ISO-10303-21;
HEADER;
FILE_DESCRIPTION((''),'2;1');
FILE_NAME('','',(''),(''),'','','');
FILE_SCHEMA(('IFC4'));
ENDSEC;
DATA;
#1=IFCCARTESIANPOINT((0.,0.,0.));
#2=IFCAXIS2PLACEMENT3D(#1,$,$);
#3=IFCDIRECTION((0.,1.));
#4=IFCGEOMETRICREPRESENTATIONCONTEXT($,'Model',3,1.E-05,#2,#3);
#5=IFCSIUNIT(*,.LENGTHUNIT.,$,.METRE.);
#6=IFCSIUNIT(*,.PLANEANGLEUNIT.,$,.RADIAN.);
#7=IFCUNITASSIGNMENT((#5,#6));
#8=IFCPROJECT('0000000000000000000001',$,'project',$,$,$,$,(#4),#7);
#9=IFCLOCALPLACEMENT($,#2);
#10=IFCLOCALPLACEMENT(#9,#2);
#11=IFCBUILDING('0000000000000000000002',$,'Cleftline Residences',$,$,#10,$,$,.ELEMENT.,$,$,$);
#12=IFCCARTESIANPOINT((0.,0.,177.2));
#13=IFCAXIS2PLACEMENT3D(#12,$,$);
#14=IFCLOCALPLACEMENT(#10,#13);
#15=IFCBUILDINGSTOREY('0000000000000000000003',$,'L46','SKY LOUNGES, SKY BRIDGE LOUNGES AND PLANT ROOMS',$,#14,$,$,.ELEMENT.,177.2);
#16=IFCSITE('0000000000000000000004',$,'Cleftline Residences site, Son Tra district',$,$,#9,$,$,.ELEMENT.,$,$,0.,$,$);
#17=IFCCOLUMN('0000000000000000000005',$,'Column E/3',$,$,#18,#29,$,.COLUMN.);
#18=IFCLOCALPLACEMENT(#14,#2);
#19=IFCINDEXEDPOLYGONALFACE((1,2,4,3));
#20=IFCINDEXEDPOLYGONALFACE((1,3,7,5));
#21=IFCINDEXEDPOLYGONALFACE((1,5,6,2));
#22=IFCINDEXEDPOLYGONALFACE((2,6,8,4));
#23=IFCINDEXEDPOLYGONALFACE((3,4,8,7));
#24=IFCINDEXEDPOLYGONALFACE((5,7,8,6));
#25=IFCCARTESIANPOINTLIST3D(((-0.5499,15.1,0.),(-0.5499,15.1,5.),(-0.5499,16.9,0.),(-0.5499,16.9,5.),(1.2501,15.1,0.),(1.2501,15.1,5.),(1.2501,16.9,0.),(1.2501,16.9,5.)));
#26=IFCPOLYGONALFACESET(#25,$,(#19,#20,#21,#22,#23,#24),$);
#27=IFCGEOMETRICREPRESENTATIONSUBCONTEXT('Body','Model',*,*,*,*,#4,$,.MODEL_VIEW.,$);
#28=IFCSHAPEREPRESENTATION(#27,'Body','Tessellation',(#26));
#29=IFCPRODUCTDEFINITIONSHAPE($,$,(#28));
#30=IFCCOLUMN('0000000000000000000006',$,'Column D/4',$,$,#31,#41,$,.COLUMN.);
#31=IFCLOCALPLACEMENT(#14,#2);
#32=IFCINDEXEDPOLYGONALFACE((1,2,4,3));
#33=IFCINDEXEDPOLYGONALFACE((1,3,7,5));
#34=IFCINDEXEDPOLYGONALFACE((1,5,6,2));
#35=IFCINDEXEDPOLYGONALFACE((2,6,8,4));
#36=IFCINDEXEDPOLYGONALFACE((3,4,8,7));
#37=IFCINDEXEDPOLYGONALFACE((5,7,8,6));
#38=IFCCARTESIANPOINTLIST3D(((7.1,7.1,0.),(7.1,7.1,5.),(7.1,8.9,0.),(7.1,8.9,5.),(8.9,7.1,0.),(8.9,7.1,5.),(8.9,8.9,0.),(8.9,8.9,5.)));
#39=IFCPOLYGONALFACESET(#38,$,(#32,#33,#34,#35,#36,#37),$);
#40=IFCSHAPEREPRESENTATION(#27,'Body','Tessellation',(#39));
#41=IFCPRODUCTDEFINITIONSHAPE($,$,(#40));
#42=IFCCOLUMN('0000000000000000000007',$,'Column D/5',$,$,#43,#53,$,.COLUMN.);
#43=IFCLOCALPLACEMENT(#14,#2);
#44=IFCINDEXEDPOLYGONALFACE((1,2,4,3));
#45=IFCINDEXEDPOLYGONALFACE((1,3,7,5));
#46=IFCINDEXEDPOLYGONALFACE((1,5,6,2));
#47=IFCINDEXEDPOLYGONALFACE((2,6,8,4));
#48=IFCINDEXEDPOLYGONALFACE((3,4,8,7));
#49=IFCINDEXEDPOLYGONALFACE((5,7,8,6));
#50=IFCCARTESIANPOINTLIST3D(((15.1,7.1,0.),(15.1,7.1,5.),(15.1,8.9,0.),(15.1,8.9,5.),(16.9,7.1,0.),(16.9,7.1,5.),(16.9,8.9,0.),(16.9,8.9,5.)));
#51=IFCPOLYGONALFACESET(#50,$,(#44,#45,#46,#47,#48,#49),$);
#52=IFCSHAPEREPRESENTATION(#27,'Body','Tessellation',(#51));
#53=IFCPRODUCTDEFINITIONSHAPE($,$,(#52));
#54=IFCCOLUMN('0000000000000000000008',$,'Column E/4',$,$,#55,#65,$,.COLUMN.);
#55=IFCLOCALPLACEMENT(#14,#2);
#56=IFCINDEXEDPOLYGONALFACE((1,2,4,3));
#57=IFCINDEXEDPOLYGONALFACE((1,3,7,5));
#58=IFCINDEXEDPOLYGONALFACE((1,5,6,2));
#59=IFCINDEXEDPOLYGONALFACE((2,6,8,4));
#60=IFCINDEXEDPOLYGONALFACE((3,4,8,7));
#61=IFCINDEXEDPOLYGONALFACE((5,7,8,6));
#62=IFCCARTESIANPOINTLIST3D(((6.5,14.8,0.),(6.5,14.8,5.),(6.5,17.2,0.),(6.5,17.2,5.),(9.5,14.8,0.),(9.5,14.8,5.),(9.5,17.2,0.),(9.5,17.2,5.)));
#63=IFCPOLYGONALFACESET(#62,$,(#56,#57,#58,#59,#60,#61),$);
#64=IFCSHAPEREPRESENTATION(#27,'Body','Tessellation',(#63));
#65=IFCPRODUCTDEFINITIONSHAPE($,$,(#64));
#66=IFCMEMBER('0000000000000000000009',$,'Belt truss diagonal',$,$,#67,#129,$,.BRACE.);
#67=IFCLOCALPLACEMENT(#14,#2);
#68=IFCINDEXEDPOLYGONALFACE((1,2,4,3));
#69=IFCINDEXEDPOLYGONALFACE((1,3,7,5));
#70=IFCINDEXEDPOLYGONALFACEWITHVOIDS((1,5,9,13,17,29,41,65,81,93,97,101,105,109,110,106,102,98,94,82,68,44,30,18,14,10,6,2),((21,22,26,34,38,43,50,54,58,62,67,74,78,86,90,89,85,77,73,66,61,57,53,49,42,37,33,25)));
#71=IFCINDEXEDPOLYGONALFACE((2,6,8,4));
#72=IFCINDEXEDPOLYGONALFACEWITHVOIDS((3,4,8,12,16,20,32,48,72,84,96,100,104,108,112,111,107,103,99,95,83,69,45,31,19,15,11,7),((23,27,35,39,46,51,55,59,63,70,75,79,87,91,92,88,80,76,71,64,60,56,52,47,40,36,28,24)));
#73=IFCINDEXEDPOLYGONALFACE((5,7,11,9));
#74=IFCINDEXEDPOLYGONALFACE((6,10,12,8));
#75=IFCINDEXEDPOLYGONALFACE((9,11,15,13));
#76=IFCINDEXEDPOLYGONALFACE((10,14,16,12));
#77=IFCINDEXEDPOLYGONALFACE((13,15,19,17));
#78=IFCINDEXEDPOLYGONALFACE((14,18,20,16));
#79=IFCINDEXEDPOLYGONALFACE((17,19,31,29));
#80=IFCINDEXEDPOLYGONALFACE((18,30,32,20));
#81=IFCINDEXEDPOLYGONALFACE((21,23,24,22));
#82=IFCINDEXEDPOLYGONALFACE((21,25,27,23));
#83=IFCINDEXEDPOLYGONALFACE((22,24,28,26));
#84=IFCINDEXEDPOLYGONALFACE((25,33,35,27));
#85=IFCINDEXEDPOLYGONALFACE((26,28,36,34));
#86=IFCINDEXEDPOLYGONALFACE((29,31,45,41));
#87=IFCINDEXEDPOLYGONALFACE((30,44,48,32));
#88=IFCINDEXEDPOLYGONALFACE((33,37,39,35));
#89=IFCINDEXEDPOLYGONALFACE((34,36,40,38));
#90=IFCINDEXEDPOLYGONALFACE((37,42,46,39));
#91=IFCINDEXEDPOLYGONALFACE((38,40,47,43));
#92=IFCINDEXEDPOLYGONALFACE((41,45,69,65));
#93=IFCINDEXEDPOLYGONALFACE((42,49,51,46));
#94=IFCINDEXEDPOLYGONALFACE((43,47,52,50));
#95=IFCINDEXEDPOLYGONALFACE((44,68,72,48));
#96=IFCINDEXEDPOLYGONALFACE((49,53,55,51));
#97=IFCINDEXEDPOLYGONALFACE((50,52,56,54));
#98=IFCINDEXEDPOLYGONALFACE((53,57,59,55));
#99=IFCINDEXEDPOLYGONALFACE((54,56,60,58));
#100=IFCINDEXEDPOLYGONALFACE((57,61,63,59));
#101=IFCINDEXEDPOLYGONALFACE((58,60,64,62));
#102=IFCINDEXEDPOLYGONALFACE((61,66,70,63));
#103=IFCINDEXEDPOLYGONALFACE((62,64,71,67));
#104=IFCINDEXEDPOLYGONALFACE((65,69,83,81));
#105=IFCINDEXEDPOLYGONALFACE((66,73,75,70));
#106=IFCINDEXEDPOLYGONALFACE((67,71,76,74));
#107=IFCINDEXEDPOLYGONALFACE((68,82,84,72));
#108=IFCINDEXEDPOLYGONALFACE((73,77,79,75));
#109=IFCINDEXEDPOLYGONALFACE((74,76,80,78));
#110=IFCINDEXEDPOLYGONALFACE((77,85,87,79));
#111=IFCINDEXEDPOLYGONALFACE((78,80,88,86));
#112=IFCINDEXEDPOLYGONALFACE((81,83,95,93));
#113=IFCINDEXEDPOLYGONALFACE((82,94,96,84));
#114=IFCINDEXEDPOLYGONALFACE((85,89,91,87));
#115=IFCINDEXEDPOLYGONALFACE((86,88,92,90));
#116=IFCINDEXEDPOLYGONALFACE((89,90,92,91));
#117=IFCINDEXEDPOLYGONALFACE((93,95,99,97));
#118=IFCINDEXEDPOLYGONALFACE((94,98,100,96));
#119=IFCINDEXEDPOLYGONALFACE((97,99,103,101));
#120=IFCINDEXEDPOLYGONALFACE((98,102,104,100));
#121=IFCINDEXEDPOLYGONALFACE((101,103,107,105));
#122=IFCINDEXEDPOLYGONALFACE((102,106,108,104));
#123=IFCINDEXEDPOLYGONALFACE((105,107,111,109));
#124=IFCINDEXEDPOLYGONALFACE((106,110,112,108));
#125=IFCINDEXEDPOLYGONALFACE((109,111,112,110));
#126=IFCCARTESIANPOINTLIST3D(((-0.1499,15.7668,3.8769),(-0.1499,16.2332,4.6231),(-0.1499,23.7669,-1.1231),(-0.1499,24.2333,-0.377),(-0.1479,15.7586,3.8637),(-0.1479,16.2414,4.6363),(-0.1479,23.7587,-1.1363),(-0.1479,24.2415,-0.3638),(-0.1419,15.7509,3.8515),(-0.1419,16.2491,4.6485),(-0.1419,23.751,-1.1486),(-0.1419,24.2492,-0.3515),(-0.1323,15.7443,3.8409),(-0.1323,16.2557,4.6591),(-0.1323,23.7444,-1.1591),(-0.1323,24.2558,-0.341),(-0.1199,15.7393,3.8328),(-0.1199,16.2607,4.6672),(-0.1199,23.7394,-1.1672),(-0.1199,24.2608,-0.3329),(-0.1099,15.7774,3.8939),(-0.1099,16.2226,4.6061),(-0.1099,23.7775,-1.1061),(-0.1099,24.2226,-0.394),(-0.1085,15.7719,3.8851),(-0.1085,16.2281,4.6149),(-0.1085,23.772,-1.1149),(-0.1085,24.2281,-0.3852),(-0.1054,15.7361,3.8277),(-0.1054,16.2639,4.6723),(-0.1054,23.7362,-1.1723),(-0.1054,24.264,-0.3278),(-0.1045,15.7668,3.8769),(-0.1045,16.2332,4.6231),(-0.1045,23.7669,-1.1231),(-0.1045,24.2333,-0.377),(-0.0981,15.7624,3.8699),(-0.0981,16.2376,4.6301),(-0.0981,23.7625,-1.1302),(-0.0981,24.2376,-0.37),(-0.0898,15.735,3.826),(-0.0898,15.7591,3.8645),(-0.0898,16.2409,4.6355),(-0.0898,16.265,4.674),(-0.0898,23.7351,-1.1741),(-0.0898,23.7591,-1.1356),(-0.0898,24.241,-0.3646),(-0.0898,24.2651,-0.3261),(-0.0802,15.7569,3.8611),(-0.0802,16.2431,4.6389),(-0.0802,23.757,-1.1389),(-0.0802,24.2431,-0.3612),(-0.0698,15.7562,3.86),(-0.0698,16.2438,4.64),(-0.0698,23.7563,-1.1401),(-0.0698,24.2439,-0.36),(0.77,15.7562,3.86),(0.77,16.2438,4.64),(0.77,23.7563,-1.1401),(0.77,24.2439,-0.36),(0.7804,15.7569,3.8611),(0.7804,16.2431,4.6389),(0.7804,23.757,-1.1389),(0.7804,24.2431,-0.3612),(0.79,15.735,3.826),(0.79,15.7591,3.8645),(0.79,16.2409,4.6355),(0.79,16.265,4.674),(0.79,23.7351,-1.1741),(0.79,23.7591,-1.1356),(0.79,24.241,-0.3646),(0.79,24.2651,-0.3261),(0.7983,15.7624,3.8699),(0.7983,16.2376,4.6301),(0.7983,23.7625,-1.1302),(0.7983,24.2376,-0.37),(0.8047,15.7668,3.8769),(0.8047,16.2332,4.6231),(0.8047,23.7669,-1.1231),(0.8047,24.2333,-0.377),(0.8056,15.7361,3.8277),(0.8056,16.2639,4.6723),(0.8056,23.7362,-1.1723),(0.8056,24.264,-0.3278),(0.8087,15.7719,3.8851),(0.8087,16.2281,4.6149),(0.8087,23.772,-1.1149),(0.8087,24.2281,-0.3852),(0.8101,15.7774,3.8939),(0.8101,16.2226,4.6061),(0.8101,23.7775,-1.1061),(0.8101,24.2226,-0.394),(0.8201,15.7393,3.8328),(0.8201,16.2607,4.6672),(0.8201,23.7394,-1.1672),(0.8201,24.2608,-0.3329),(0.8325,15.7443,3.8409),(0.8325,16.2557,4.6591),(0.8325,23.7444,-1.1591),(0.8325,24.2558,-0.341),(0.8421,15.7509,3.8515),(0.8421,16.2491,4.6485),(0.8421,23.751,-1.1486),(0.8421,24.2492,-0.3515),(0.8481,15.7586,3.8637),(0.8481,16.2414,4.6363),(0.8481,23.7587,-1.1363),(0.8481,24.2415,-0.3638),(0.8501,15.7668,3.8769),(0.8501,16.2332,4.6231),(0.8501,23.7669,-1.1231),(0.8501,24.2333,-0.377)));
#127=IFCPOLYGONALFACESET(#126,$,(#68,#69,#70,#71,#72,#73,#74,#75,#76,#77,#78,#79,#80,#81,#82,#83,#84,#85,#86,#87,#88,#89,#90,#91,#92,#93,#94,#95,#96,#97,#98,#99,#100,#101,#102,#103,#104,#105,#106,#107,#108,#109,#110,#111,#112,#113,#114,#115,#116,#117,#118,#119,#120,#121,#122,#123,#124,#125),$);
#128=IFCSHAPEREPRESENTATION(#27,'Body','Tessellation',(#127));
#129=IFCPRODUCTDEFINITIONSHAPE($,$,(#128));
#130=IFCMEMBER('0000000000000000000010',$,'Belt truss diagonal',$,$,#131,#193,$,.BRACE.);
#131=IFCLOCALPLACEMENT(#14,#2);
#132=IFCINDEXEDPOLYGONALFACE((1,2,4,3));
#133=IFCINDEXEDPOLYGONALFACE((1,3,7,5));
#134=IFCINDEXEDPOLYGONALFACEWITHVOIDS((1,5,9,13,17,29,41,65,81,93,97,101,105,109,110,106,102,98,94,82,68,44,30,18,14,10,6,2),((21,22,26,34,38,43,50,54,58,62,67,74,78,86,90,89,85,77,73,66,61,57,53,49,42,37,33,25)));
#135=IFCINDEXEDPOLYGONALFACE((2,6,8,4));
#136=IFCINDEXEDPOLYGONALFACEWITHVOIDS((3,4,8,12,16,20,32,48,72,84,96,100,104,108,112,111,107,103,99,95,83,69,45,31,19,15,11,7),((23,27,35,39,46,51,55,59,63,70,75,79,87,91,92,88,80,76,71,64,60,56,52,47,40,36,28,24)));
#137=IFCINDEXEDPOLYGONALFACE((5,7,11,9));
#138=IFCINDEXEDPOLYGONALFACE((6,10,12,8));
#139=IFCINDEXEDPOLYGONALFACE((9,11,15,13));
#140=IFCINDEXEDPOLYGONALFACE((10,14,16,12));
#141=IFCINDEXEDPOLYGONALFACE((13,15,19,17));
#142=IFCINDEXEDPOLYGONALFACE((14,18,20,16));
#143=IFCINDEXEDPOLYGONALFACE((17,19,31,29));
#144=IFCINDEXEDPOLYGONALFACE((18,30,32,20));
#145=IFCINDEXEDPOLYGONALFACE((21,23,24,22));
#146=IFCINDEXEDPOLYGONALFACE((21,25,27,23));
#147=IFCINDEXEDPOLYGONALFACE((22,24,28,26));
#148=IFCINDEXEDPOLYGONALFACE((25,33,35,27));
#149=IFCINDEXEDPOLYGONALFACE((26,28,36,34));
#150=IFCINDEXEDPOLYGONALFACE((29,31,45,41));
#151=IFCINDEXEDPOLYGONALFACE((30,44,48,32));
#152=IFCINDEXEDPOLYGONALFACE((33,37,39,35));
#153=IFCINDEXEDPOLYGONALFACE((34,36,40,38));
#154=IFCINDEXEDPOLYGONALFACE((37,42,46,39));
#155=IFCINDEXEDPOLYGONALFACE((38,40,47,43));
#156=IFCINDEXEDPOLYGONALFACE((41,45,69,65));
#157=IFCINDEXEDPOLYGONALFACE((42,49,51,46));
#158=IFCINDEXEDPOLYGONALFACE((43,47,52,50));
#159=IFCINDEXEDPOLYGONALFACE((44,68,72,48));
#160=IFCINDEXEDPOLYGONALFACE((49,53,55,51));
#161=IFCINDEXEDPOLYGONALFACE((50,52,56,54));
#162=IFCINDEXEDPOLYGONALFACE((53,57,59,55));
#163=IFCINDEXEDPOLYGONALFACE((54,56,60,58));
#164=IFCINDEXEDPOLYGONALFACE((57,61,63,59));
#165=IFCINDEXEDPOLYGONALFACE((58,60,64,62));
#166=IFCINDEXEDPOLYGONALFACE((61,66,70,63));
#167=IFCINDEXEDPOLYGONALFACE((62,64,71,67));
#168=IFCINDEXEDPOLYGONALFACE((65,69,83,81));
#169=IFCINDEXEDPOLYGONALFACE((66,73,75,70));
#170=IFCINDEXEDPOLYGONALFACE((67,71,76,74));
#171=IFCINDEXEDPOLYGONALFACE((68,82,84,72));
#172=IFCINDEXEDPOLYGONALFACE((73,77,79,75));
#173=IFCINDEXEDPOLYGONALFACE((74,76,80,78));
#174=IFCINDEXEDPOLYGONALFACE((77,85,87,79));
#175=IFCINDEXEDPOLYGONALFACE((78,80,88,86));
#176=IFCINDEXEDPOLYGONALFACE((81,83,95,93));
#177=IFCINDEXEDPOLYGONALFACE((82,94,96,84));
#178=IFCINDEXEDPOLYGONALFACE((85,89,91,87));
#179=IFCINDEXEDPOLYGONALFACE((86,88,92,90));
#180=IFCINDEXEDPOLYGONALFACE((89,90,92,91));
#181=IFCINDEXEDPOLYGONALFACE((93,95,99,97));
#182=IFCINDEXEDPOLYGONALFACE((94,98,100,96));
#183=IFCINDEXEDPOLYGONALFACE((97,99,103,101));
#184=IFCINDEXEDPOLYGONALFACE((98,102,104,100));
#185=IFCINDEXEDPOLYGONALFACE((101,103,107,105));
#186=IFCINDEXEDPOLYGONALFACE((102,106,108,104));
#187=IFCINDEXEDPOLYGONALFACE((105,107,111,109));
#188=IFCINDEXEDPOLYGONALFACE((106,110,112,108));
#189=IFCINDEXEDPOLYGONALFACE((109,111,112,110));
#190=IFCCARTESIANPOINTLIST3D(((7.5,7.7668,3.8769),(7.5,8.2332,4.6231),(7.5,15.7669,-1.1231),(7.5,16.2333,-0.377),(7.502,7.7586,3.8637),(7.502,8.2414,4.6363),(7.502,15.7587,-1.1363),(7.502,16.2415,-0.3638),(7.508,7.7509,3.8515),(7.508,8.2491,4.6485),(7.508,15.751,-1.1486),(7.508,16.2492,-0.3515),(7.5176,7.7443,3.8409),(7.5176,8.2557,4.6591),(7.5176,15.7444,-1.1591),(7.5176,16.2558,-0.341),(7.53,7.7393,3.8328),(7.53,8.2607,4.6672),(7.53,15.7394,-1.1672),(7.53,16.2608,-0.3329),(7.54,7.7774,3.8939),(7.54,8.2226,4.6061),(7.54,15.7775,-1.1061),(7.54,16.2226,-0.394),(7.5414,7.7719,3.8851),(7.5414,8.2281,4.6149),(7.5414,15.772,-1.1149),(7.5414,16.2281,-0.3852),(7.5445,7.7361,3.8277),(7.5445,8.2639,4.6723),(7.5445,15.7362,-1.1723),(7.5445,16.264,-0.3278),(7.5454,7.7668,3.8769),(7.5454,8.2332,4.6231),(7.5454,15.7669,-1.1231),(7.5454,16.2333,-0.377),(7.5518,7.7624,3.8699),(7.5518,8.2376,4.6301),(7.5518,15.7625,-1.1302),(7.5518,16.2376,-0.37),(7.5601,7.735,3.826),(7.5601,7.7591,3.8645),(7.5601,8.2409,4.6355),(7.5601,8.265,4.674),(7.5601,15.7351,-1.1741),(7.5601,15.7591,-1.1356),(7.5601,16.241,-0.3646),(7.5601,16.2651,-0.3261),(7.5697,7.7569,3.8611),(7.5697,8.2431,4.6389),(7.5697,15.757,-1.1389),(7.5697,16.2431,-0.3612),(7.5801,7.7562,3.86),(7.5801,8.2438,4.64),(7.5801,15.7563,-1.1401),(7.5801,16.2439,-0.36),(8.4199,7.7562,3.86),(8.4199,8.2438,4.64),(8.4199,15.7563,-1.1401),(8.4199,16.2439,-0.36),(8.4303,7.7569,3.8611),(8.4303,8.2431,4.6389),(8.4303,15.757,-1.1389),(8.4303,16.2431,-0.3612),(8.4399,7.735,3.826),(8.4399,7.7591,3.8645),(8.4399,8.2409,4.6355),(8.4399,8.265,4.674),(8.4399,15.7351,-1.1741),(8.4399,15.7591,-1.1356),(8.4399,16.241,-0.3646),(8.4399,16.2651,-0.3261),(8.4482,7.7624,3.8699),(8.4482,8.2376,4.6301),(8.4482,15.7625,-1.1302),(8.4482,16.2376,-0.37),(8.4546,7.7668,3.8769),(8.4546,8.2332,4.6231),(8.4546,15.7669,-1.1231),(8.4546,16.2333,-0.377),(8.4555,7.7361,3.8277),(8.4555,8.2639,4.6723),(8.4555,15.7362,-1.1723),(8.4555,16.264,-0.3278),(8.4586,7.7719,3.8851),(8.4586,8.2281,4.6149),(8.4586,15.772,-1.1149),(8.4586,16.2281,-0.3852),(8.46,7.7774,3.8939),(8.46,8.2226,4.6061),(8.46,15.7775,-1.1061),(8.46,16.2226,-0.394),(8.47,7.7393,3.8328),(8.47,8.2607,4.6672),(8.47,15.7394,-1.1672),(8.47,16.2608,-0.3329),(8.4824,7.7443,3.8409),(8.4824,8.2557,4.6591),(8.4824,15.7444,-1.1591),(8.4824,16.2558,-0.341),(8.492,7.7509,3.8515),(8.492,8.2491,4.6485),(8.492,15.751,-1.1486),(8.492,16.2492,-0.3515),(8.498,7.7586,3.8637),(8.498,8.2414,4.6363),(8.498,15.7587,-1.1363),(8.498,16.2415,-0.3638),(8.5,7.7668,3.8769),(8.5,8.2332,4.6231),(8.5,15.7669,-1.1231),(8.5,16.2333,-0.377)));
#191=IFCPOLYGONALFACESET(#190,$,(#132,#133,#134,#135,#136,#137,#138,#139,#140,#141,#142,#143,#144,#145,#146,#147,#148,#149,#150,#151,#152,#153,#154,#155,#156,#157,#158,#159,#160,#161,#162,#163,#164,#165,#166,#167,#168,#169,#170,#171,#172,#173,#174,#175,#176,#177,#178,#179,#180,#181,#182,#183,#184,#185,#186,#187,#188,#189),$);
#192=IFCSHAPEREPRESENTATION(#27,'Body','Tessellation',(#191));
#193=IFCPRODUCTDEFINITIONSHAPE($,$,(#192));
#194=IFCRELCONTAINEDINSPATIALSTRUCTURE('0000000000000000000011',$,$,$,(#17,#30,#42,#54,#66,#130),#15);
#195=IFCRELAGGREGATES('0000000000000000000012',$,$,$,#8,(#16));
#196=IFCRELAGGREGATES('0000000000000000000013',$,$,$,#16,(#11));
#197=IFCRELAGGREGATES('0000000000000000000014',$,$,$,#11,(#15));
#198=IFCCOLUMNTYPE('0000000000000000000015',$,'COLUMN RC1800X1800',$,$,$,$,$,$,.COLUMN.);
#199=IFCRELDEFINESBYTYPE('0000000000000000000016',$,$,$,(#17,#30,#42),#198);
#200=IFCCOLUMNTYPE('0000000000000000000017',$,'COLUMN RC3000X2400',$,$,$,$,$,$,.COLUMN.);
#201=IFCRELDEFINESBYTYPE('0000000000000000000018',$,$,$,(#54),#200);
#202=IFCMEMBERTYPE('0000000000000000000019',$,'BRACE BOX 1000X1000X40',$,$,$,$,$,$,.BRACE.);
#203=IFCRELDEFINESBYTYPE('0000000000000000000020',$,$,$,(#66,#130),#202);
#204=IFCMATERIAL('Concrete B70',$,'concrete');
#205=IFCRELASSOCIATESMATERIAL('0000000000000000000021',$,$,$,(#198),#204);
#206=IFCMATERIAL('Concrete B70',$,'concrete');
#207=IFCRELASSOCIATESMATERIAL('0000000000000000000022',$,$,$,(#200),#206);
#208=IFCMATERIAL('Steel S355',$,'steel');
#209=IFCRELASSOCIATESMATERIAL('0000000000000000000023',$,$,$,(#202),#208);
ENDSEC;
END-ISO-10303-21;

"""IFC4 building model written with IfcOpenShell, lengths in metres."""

from ifc_helpers import new_model, si_unit, direction, frame, origin, origin_2d, place, context, subcontext, project, spatial, rectangle, hollow_rectangle, extrude, material, material_profile, profile_set, type_object, element, save


model = new_model("IFC4")

# Units and contexts
model_context = context("Model", 3, precision=1e-05, world=origin(), true_north=direction((0.0, 1.0)))
body_context = subcontext(model_context, "Body", "Model", "MODEL_VIEW")
ifc_project = project(units=[si_unit("LENGTHUNIT", "METRE"), si_unit("PLANEANGLEUNIT", "RADIAN")], contexts=[model_context])

# Site, building, storey
site_placement = place(None, origin())
site = spatial("IfcSite", under=ifc_project, at=site_placement, Name="Cleftline Residences site, Son Tra district", CompositionType="ELEMENT", RefElevation=0.0)
building_placement = place(site_placement, origin())
building = spatial("IfcBuilding", under=site, at=building_placement, Name="Cleftline Residences", CompositionType="ELEMENT")
storey_placement = place(building_placement, frame((0.0, 0.0, 177.2)))
storey = spatial("IfcBuildingStorey", under=building, at=storey_placement, Name="L46", Description="SKY LOUNGES, SKY BRIDGE LOUNGES AND PLANT ROOMS", CompositionType="ELEMENT", Elevation=177.2)

# Columns
ifc_material_1 = material(Name="Concrete B70", Category="concrete")
ifc_material_profile_1 = material_profile(ifc_material_1, rectangle(XDim=1.8, YDim=1.8, at=origin_2d()))
ifc_profile_set_1 = profile_set([ifc_material_profile_1], Name="Concrete B70")
column_type_1 = type_object("IfcColumnType", Name="COLUMN RC1800X1800", PredefinedType="COLUMN", material=ifc_profile_set_1)
for number, where, z_axis, x_axis, name in (
    (1, (0.3501, 16.0, 0.0), (0.0, 0.0, 1.0), (1.0, 0.0, 0.0), "Column E/3"),
    (2, (8.0, 8.0, 0.0), (0.0, 0.0, 1.0), (1.0, 0.0, 0.0), "Column D/4"),
    (3, (16.0, 8.0, 0.0), (0.0, 0.0, 1.0), (1.0, 0.0, 0.0), "Column D/5"),
):
    element("IfcColumn", number, at=place(storey_placement, frame(where, z_axis=z_axis, x_axis=x_axis)), inside=storey, type_object=column_type_1, Name=name, PredefinedType="COLUMN", context=body_context, shape_type="SweptSolid", body=[
        extrude(rectangle(XDim=1.8, YDim=1.8, at=origin_2d()), origin(), (0.0, 0.0, 1.0), 5.0),
    ])
ifc_material_2 = material(Name="Concrete B70", Category="concrete")
ifc_material_profile_2 = material_profile(ifc_material_2, rectangle(XDim=3.0, YDim=2.3999, at=origin_2d()))
ifc_profile_set_2 = profile_set([ifc_material_profile_2], Name="Concrete B70")
column_type_2 = type_object("IfcColumnType", Name="COLUMN RC3000X2400", PredefinedType="COLUMN", material=ifc_profile_set_2)
column_placement = place(storey_placement, frame((8.0, 16.0, 0.0), z_axis=(0.0, 0.0, 1.0), x_axis=(1.0, 0.0, 0.0)))
element("IfcColumn", 4, at=column_placement, inside=storey, type_object=column_type_2, Name="Column E/4", PredefinedType="COLUMN", context=body_context, shape_type="SweptSolid", body=[
    extrude(rectangle(XDim=3.0, YDim=2.3999, at=origin_2d()), origin(), (0.0, 0.0, 1.0), 5.0),
])

# Members
ifc_material_3 = material(Name="Steel S355", Category="steel")
ifc_material_profile_3 = material_profile(ifc_material_3, hollow_rectangle(XDim=1.0, YDim=1.0, WallThickness=0.04, InnerFilletRadius=0.04, OuterFilletRadius=0.0601, at=origin_2d()))
ifc_profile_set_3 = profile_set([ifc_material_profile_3], Name="Steel S355")
member_type_1 = type_object("IfcMemberType", Name="BRACE BOX 1000X1000X40", PredefinedType="BRACE", material=ifc_profile_set_3)
for number, where, z_axis, x_axis, name in (
    (5, (0.3501, 16.0, 4.25), (0.0, 0.847998, -0.529999), (0.0, 0.529999, 0.847998), "Belt truss diagonal"),
    (6, (8.0, 8.0, 4.25), (0.0, 0.847998, -0.529999), (0.0, 0.529999, 0.847998), "Belt truss diagonal"),
):
    element("IfcMember", number, at=place(storey_placement, frame(where, z_axis=z_axis, x_axis=x_axis)), inside=storey, type_object=member_type_1, Name=name, PredefinedType="BRACE", context=body_context, shape_type="SweptSolid", body=[
        extrude(hollow_rectangle(XDim=1.0, YDim=1.0, WallThickness=0.04, InnerFilletRadius=0.04, OuterFilletRadius=0.0601, at=origin_2d()), origin(), (0.0, 0.0, 1.0), 9.4341),
    ])

save(model, "model.ifc")
